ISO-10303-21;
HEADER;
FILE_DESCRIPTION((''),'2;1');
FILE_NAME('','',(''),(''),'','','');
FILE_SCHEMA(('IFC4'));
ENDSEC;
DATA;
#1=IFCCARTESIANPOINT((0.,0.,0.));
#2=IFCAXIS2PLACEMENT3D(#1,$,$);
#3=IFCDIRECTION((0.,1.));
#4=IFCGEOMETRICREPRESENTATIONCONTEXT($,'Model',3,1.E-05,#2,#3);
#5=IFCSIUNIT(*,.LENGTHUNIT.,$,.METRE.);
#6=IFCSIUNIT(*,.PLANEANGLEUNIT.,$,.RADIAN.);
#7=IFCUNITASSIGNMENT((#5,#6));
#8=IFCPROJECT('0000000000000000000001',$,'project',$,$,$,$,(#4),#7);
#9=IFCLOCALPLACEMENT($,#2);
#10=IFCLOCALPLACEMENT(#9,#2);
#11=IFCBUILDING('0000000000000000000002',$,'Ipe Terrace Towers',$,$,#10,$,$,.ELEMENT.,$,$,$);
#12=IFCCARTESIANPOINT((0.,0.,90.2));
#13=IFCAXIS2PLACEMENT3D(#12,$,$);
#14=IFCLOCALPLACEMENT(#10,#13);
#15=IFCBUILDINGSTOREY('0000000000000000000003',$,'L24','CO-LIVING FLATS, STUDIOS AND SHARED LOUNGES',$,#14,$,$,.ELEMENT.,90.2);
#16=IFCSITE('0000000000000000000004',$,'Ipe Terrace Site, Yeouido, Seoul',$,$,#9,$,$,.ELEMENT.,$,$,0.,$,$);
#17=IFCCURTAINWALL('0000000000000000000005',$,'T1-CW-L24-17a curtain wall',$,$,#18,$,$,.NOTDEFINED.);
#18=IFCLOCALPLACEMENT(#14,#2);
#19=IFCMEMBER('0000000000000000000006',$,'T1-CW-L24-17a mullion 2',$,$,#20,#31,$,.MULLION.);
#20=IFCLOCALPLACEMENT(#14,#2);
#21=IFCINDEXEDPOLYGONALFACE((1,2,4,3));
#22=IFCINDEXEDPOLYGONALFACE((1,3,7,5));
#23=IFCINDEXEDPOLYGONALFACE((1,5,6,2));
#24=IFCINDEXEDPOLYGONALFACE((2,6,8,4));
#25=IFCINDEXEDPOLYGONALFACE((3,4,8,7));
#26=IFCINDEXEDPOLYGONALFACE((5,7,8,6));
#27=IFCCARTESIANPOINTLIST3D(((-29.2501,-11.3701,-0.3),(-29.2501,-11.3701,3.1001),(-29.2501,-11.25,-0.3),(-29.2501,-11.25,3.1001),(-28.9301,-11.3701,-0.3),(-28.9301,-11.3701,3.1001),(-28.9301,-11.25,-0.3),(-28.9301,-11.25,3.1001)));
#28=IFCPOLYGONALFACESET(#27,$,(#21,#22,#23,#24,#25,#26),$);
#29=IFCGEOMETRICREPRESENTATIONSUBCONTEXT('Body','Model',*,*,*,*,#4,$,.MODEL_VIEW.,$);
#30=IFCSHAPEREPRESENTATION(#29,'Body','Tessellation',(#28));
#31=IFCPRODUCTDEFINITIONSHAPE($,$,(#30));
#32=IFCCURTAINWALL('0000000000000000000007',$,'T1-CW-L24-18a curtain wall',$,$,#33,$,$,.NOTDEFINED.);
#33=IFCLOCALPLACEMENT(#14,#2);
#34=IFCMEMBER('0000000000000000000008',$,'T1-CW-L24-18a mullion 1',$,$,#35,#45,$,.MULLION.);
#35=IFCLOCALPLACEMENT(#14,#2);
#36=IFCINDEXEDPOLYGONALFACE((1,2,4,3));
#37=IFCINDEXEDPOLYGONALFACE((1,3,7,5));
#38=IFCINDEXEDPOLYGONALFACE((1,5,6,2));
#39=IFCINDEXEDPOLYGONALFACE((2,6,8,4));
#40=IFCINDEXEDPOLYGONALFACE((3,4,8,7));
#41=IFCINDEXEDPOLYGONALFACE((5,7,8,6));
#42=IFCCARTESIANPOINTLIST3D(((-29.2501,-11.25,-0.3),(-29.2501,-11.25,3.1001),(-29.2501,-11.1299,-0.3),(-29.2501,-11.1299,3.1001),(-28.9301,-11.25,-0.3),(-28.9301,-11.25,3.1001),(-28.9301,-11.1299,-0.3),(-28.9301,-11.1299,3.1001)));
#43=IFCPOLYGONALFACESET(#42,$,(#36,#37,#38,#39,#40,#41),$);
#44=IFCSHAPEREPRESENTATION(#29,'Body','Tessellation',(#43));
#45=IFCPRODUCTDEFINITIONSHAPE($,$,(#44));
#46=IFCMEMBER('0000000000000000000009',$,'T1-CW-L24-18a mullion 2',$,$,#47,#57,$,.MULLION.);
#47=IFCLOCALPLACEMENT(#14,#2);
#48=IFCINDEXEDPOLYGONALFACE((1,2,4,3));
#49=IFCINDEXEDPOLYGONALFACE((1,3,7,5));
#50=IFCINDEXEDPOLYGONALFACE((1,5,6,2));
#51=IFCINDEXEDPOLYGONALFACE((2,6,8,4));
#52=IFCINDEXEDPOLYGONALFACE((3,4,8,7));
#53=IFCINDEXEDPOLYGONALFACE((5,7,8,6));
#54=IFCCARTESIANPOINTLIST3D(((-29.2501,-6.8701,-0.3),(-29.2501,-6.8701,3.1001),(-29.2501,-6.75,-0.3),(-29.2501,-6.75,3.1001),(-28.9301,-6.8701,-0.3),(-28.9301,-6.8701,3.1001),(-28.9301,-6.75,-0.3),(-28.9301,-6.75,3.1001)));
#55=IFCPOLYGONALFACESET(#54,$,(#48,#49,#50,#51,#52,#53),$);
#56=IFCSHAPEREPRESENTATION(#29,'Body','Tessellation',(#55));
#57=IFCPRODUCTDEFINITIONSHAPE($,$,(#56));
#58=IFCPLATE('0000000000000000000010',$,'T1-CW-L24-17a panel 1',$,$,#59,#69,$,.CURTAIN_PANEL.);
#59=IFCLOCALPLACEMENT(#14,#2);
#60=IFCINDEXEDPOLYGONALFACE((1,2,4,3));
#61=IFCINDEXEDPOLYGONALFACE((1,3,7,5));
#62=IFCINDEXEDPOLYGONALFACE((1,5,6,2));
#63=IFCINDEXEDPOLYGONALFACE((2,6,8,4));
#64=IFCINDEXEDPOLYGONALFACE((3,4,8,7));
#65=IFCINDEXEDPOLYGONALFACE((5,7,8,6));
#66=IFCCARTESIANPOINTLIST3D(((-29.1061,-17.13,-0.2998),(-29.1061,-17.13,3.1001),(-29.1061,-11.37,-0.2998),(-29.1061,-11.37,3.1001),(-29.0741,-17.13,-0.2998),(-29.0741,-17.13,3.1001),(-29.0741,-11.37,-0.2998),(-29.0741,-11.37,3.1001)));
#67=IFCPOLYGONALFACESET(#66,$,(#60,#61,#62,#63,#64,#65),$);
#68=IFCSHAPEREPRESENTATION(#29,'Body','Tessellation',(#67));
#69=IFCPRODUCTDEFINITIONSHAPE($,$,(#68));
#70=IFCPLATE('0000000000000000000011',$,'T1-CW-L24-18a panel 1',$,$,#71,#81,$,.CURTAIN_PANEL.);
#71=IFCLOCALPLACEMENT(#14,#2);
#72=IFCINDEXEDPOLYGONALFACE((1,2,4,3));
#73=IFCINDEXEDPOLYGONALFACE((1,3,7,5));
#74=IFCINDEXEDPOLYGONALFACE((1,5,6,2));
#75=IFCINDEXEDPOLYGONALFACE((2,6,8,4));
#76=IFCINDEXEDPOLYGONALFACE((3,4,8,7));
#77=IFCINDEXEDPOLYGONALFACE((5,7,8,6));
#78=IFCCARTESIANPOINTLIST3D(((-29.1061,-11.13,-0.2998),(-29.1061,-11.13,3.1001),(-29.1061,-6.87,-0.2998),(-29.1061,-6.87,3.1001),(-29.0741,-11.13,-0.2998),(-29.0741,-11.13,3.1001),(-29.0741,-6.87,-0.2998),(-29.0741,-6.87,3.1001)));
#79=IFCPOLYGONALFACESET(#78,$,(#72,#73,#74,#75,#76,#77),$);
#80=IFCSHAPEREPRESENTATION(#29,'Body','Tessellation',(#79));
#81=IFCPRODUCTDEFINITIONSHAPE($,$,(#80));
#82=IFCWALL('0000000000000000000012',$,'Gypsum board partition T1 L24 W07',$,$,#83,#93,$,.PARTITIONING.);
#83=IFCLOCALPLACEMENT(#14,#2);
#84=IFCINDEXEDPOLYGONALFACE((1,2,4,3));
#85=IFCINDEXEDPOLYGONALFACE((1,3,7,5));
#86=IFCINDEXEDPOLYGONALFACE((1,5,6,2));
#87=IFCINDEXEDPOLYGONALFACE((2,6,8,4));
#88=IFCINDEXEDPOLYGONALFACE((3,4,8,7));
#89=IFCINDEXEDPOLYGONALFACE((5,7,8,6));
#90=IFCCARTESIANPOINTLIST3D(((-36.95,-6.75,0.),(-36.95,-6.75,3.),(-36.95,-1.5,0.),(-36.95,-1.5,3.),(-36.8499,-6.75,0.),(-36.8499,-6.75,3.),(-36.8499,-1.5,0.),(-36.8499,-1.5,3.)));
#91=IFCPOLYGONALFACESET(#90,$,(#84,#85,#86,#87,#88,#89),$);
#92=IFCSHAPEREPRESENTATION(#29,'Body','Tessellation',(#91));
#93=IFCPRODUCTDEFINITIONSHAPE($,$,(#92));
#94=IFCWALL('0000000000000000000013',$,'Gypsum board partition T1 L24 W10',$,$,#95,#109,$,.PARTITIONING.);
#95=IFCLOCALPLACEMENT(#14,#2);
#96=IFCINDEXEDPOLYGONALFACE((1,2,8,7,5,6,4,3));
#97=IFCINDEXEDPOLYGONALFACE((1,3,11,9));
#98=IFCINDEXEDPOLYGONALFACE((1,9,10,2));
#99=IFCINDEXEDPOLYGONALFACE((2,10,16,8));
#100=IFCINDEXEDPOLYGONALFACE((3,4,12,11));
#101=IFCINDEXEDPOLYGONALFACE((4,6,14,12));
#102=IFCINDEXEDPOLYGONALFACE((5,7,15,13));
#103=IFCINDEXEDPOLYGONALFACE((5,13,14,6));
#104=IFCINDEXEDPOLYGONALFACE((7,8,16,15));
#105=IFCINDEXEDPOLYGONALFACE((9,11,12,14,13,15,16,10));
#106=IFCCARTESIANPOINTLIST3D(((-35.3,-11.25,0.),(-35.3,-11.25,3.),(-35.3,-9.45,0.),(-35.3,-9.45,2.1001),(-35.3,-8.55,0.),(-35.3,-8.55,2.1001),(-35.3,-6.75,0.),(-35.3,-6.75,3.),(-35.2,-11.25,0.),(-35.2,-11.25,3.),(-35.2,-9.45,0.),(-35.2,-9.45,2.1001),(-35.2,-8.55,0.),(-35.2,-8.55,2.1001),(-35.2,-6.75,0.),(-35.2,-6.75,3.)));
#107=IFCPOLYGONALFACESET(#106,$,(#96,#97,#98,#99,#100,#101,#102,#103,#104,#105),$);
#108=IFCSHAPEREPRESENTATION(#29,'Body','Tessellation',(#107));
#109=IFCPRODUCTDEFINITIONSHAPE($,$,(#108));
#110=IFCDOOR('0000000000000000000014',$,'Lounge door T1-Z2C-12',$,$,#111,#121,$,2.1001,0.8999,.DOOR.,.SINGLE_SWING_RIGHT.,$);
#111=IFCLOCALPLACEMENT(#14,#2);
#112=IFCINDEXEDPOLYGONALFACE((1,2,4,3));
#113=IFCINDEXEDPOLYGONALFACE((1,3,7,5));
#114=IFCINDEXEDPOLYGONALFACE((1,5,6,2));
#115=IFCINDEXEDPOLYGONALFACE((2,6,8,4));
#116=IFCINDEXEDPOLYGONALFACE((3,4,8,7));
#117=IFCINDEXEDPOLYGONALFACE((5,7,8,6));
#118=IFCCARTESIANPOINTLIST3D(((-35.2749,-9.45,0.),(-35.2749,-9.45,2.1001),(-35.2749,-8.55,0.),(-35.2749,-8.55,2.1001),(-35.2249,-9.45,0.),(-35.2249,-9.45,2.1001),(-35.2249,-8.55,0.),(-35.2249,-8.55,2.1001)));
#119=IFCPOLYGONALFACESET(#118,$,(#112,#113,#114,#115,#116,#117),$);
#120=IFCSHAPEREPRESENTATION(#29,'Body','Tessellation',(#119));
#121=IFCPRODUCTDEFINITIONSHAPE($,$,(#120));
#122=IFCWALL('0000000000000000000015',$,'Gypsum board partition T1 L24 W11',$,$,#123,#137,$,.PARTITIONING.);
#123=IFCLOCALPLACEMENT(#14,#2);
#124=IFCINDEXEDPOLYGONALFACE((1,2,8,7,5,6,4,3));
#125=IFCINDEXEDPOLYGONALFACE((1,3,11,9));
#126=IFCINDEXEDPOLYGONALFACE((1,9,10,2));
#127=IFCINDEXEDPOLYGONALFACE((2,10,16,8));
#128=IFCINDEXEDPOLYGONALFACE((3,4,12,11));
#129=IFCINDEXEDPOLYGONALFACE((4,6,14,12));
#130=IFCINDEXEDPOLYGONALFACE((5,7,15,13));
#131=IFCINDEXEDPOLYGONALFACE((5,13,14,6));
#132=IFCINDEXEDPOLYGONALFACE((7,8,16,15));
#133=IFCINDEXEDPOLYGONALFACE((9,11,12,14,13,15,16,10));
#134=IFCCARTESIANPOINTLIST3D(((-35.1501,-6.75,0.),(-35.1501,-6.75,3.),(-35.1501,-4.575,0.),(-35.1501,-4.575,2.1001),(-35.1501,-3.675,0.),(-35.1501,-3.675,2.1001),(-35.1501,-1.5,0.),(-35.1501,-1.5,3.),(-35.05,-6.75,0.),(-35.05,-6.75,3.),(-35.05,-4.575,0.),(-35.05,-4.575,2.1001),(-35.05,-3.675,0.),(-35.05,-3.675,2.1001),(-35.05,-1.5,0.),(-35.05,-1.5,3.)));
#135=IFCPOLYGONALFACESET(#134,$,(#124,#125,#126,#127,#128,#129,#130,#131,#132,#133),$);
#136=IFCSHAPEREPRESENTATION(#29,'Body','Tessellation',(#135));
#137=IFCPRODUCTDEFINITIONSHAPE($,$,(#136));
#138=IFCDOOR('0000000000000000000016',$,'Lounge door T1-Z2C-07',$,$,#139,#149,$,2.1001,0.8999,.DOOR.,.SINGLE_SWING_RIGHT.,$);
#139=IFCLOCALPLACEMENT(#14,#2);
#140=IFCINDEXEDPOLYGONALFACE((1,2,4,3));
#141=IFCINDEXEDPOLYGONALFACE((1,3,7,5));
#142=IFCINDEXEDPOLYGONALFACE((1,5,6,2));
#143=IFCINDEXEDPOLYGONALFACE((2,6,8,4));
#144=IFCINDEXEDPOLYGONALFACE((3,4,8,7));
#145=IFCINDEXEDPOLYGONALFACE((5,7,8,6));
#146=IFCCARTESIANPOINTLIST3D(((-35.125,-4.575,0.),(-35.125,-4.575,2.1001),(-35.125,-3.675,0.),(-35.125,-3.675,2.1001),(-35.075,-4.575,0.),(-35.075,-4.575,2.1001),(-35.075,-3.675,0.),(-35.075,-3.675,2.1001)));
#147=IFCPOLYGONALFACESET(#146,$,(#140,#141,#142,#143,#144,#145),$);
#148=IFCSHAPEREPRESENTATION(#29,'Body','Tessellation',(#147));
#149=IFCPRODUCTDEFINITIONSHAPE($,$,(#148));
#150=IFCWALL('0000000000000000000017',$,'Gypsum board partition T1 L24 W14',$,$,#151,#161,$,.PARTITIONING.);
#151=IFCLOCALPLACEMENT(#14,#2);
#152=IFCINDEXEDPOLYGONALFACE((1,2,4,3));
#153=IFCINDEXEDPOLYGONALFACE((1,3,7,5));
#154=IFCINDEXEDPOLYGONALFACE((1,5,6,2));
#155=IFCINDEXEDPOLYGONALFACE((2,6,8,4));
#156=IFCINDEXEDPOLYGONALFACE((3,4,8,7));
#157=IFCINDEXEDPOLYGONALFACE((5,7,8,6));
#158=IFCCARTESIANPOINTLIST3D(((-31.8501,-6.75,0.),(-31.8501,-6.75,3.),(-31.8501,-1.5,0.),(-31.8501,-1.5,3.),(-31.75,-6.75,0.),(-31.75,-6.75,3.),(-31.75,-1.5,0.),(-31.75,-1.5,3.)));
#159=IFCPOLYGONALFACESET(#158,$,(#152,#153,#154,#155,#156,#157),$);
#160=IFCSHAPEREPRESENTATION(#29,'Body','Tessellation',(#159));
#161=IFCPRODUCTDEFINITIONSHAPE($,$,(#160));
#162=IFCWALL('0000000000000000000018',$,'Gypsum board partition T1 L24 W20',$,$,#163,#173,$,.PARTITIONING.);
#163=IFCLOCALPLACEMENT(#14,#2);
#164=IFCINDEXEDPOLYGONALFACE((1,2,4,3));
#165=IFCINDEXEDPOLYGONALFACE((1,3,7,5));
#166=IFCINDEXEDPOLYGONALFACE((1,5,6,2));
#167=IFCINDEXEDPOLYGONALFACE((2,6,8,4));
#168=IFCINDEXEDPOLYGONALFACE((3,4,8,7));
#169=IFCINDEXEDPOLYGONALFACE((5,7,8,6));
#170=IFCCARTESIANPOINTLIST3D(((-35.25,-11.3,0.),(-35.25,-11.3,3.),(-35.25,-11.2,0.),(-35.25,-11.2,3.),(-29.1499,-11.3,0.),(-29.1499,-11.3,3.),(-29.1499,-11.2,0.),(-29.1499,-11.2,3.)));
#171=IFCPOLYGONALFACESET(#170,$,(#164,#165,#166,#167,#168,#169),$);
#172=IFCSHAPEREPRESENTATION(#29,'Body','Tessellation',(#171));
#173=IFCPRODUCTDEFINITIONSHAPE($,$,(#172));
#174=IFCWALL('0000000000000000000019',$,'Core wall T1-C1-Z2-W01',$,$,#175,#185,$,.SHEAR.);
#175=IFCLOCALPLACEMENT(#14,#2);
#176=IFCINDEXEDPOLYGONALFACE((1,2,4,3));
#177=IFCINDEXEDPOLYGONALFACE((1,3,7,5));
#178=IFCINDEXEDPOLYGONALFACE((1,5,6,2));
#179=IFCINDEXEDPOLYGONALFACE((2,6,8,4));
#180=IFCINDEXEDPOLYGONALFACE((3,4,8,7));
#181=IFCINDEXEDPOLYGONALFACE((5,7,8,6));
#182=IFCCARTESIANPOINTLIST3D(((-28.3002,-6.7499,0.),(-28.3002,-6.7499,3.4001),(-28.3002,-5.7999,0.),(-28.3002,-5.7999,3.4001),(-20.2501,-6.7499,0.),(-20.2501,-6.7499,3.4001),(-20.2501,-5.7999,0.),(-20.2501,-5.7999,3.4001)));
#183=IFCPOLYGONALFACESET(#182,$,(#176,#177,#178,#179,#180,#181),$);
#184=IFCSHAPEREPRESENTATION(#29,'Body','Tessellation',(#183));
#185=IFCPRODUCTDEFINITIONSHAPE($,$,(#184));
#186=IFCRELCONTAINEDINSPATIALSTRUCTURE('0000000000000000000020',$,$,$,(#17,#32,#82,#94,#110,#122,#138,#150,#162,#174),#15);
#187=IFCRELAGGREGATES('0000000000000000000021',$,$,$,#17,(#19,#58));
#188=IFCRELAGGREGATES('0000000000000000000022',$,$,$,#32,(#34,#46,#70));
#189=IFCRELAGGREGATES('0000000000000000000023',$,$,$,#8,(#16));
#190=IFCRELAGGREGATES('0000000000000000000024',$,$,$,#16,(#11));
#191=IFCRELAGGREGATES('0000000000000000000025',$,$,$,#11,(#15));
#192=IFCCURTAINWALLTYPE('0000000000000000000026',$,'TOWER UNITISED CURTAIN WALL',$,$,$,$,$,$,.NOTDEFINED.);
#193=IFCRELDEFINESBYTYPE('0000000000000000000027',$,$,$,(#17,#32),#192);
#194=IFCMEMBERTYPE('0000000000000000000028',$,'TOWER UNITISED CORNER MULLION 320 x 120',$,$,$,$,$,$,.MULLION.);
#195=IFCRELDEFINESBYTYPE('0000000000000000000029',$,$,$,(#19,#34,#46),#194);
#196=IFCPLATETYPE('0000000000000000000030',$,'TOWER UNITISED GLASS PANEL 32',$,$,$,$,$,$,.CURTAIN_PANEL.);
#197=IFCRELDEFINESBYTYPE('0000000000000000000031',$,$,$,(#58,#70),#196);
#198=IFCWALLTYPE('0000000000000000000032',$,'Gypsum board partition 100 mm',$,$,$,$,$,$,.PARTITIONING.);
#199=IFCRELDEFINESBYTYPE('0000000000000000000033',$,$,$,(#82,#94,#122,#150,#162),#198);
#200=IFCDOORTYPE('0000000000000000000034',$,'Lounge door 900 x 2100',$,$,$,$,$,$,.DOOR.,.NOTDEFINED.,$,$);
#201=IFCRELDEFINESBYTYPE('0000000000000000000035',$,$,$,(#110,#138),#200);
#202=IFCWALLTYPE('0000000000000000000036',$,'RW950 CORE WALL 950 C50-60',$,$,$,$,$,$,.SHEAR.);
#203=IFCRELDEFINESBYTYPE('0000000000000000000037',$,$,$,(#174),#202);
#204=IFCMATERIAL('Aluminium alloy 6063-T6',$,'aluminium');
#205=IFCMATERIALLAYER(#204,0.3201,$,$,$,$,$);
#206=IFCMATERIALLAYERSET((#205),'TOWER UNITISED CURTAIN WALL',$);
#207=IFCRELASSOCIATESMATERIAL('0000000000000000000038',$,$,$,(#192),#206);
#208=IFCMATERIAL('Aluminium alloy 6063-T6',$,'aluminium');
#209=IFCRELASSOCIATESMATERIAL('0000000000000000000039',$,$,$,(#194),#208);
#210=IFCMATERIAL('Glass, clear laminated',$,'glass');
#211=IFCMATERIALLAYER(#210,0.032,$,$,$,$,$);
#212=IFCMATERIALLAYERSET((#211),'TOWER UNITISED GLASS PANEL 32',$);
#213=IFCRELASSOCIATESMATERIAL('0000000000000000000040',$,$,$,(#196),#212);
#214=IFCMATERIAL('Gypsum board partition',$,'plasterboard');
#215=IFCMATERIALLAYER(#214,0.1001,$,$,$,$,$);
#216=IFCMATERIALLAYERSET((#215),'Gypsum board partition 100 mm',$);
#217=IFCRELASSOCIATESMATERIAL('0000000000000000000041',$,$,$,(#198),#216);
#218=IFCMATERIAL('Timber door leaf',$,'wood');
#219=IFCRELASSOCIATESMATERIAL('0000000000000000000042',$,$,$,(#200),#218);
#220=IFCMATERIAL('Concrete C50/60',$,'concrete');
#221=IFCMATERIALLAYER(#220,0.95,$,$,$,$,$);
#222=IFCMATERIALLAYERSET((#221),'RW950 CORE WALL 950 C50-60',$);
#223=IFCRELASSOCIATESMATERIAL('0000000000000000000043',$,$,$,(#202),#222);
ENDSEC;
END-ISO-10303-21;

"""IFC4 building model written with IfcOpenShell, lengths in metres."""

from ifc_helpers import new_model, si_unit, direction, frame, frame_2d, origin, origin_2d, place, context, subcontext, project, spatial, rectangle, extrude, material, layer, layer_set, material_profile, profile_set, type_object, element, fill, aggregate, save


model = new_model("IFC4")

# Units and contexts
model_context = context("Model", 3, precision=1e-05, world=origin(), true_north=direction((0.0, 1.0)))
body_context = subcontext(model_context, "Body", "Model", "MODEL_VIEW")
ifc_project = project(units=[si_unit("LENGTHUNIT", "METRE"), si_unit("PLANEANGLEUNIT", "RADIAN")], contexts=[model_context])

# Site, building, storey
site_placement = place(None, origin())
site = spatial("IfcSite", under=ifc_project, at=site_placement, Name="Ipe Terrace Site, Yeouido, Seoul", CompositionType="ELEMENT", RefElevation=0.0)
building_placement = place(site_placement, origin())
building = spatial("IfcBuilding", under=site, at=building_placement, Name="Ipe Terrace Towers", CompositionType="ELEMENT")
storey_placement = place(building_placement, frame((0.0, 0.0, 90.2)))
storey = spatial("IfcBuildingStorey", under=building, at=storey_placement, Name="L24", Description="CO-LIVING FLATS, STUDIOS AND SHARED LOUNGES", CompositionType="ELEMENT", Elevation=90.2)

# Curtain wall, member
ifc_material_1 = material(Name="Aluminium alloy 6063-T6", Category="aluminium")
ifc_layer_1 = layer(ifc_material_1, 0.3201)
ifc_layer_set_1 = layer_set([ifc_layer_1], Name="TOWER UNITISED CURTAIN WALL")
curtain_wall_type = type_object("IfcCurtainWallType", Name="TOWER UNITISED CURTAIN WALL", PredefinedType="NOTDEFINED", material=ifc_layer_set_1)
curtain_wall_1_placement = place(storey_placement, origin())
curtain_wall_1 = element("IfcCurtainWall", 1, at=curtain_wall_1_placement, inside=storey, type_object=curtain_wall_type, Name="T1-CW-L24-17a curtain wall", PredefinedType="NOTDEFINED")
ifc_material_2 = material(Name="Aluminium alloy 6063-T6", Category="aluminium")
ifc_material_profile = material_profile(ifc_material_2, rectangle(XDim=0.3201, YDim=0.1201, at=origin_2d()), Name="TOWER UNITISED CORNER MULLION 320 x 120")
ifc_profile_set = profile_set([ifc_material_profile], Name="Aluminium alloy 6063-T6")
member_type = type_object("IfcMemberType", Name="TOWER UNITISED CORNER MULLION 320 x 120", PredefinedType="MULLION", material=ifc_profile_set)
member_1_placement = place(storey_placement, frame((-29.0901, -11.3101, -0.3), z_axis=(0.0, 0.0, 1.0), x_axis=(1.0, 0.0, 0.0)))
member_1 = element("IfcMember", 2, at=member_1_placement, type_object=member_type, Name="T1-CW-L24-17a mullion 2", PredefinedType="MULLION", context=body_context, shape_type="SweptSolid", body=[
    extrude(rectangle(XDim=0.3201, YDim=0.1201, at=origin_2d()), origin(), (0.0, 0.0, 1.0), 3.4001),
])

# Curtain wall, members
curtain_wall_2_placement = place(storey_placement, origin())
curtain_wall_2 = element("IfcCurtainWall", 3, at=curtain_wall_2_placement, inside=storey, type_object=curtain_wall_type, Name="T1-CW-L24-18a curtain wall", PredefinedType="NOTDEFINED")
member_2_placement = place(storey_placement, frame((-29.0901, -11.1899, -0.3), z_axis=(0.0, 0.0, 1.0), x_axis=(1.0, 0.0, 0.0)))
member_2 = element("IfcMember", 4, at=member_2_placement, type_object=member_type, Name="T1-CW-L24-18a mullion 1", PredefinedType="MULLION", context=body_context, shape_type="SweptSolid", body=[
    extrude(rectangle(XDim=0.3201, YDim=0.1201, at=origin_2d()), origin(), (0.0, 0.0, 1.0), 3.4001),
])
member_3_placement = place(storey_placement, frame((-29.0901, -6.8101, -0.3), z_axis=(0.0, 0.0, 1.0), x_axis=(1.0, 0.0, 0.0)))
member_3 = element("IfcMember", 5, at=member_3_placement, type_object=member_type, Name="T1-CW-L24-18a mullion 2", PredefinedType="MULLION", context=body_context, shape_type="SweptSolid", body=[
    extrude(rectangle(XDim=0.3201, YDim=0.1201, at=origin_2d()), origin(), (0.0, 0.0, 1.0), 3.4001),
])

# Plates
ifc_material_3 = material(Name="Glass, clear laminated", Category="glass")
ifc_layer_2 = layer(ifc_material_3, 0.032)
ifc_layer_set_2 = layer_set([ifc_layer_2], Name="TOWER UNITISED GLASS PANEL 32")
plate_type = type_object("IfcPlateType", Name="TOWER UNITISED GLASS PANEL 32", PredefinedType="CURTAIN_PANEL", material=ifc_layer_set_2)
plate_1_placement = place(storey_placement, frame((-29.0901, -14.25, -0.2998), z_axis=(0.0, 0.0, 1.0), x_axis=(0.0, 1.0, 0.0)))
plate_1 = element("IfcPlate", 6, at=plate_1_placement, type_object=plate_type, Name="T1-CW-L24-17a panel 1", PredefinedType="CURTAIN_PANEL", context=body_context, shape_type="SweptSolid", body=[
    extrude(rectangle(XDim=5.76, YDim=0.032, at=origin_2d()), origin(), (0.0, 0.0, 1.0), 3.3999),
])
aggregate(curtain_wall_1, [member_1, plate_1])
plate_2_placement = place(storey_placement, frame((-29.0901, -9.0, -0.2998), z_axis=(0.0, 0.0, 1.0), x_axis=(0.0, 1.0, 0.0)))
plate_2 = element("IfcPlate", 7, at=plate_2_placement, type_object=plate_type, Name="T1-CW-L24-18a panel 1", PredefinedType="CURTAIN_PANEL", context=body_context, shape_type="SweptSolid", body=[
    extrude(rectangle(XDim=4.26, YDim=0.032, at=origin_2d()), origin(), (0.0, 0.0, 1.0), 3.3999),
])
aggregate(curtain_wall_2, [member_2, member_3, plate_2])

# Wall
ifc_material_4 = material(Name="Gypsum board partition", Category="plasterboard")
ifc_layer_3 = layer(ifc_material_4, 0.1001)
ifc_layer_set_3 = layer_set([ifc_layer_3], Name="Gypsum board partition 100 mm")
wall_type_1 = type_object("IfcWallType", Name="Gypsum board partition 100 mm", PredefinedType="PARTITIONING", material=ifc_layer_set_3)
wall_1_placement = place(storey_placement, frame((-36.8999, -6.75, 0.0), z_axis=(0.0, 0.0, 1.0), x_axis=(0.0, 1.0, 0.0)))
element("IfcWall", 8, at=wall_1_placement, inside=storey, type_object=wall_type_1, Name="Gypsum board partition T1 L24 W07", PredefinedType="PARTITIONING", context=body_context, shape_type="SweptSolid", body=[
    extrude(rectangle(XDim=5.25, YDim=0.1001, at=frame_2d((2.625, 0.0))), origin(), (0.0, 0.0, 1.0), 3.0),
])

# Walls, openings, doors
wall_2_placement = place(storey_placement, frame((-35.25, -11.25, 0.0), z_axis=(0.0, 0.0, 1.0), x_axis=(0.0, 1.0, 0.0)))
wall_2 = element("IfcWall", 9, at=wall_2_placement, inside=storey, type_object=wall_type_1, Name="Gypsum board partition T1 L24 W10", PredefinedType="PARTITIONING", context=body_context, shape_type="SweptSolid", body=[
    extrude(rectangle(XDim=4.5, YDim=0.1001, at=frame_2d((2.25, 0.0))), origin(), (0.0, 0.0, 1.0), 3.0),
])
opening_1_placement = place(wall_2_placement, frame((1.8, 0.0, 0.0)))
opening_1 = element("IfcOpeningElement", 10, at=opening_1_placement, cuts=wall_2, PredefinedType="OPENING", context=body_context, shape_type="SweptSolid", body=[
    extrude(rectangle(XDim=0.8999, YDim=2.1001, at=frame_2d((0.45, 1.05))), frame((0.0, 0.0601, 0.0), z_axis=(0.0, -1.0, 0.0), x_axis=(1.0, 0.0, 0.0)), (0.0, 0.0, 1.0), 0.1201),
])
ifc_material_5 = material(Name="Timber door leaf", Category="wood")
door_type = type_object("IfcDoorType", Name="Lounge door 900 x 2100", OperationType="NOTDEFINED", PredefinedType="DOOR", material=ifc_material_5)
door_1_placement = place(opening_1_placement, origin())
door_1 = element("IfcDoor", 11, at=door_1_placement, inside=storey, type_object=door_type, Name="Lounge door T1-Z2C-12", OperationType="SINGLE_SWING_RIGHT", OverallHeight=2.1001, OverallWidth=0.8999, PredefinedType="DOOR", context=body_context, shape_type="SweptSolid", body=[
    extrude(rectangle(XDim=0.8999, YDim=2.1001, at=frame_2d((0.45, 1.05))), frame((0.0, 0.0249, 0.0), z_axis=(0.0, -1.0, 0.0), x_axis=(1.0, 0.0, 0.0)), (0.0, 0.0, 1.0), 0.05),
])
fill(opening_1, door_1)
wall_3_placement = place(storey_placement, frame((-35.1001, -6.75, 0.0), z_axis=(0.0, 0.0, 1.0), x_axis=(0.0, 1.0, 0.0)))
wall_3 = element("IfcWall", 12, at=wall_3_placement, inside=storey, type_object=wall_type_1, Name="Gypsum board partition T1 L24 W11", PredefinedType="PARTITIONING", context=body_context, shape_type="SweptSolid", body=[
    extrude(rectangle(XDim=5.25, YDim=0.1001, at=frame_2d((2.625, 0.0))), origin(), (0.0, 0.0, 1.0), 3.0),
])
opening_2_placement = place(wall_3_placement, frame((2.175, 0.0, 0.0)))
opening_2 = element("IfcOpeningElement", 13, at=opening_2_placement, cuts=wall_3, PredefinedType="OPENING", context=body_context, shape_type="SweptSolid", body=[
    extrude(rectangle(XDim=0.8999, YDim=2.1001, at=frame_2d((0.45, 1.05))), frame((0.0, 0.0601, 0.0), z_axis=(0.0, -1.0, 0.0), x_axis=(1.0, 0.0, 0.0)), (0.0, 0.0, 1.0), 0.1201),
])
door_2_placement = place(opening_2_placement, origin())
door_2 = element("IfcDoor", 14, at=door_2_placement, inside=storey, type_object=door_type, Name="Lounge door T1-Z2C-07", OperationType="SINGLE_SWING_RIGHT", OverallHeight=2.1001, OverallWidth=0.8999, PredefinedType="DOOR", context=body_context, shape_type="SweptSolid", body=[
    extrude(rectangle(XDim=0.8999, YDim=2.1001, at=frame_2d((0.45, 1.05))), frame((0.0, 0.0249, 0.0), z_axis=(0.0, -1.0, 0.0), x_axis=(1.0, 0.0, 0.0)), (0.0, 0.0, 1.0), 0.05),
])
fill(opening_2, door_2)

# Walls
wall_4_placement = place(storey_placement, frame((-31.8, -6.75, 0.0), z_axis=(0.0, 0.0, 1.0), x_axis=(0.0, 1.0, 0.0)))
element("IfcWall", 15, at=wall_4_placement, inside=storey, type_object=wall_type_1, Name="Gypsum board partition T1 L24 W14", PredefinedType="PARTITIONING", context=body_context, shape_type="SweptSolid", body=[
    extrude(rectangle(XDim=5.25, YDim=0.1001, at=frame_2d((2.625, 0.0))), origin(), (0.0, 0.0, 1.0), 3.0),
])
wall_5_placement = place(storey_placement, frame((-35.25, -11.25, 0.0), z_axis=(0.0, 0.0, 1.0), x_axis=(1.0, 0.0, 0.0)))
element("IfcWall", 16, at=wall_5_placement, inside=storey, type_object=wall_type_1, Name="Gypsum board partition T1 L24 W20", PredefinedType="PARTITIONING", context=body_context, shape_type="SweptSolid", body=[
    extrude(rectangle(XDim=6.1001, YDim=0.1001, at=frame_2d((3.05, 0.0))), origin(), (0.0, 0.0, 1.0), 3.0),
])
ifc_material_6 = material(Name="Concrete C50/60", Category="concrete")
ifc_layer_4 = layer(ifc_material_6, 0.95)
ifc_layer_set_4 = layer_set([ifc_layer_4], Name="RW950 CORE WALL 950 C50-60")
wall_type_2 = type_object("IfcWallType", Name="RW950 CORE WALL 950 C50-60", PredefinedType="SHEAR", material=ifc_layer_set_4)
wall_6_placement = place(storey_placement, frame((-28.3, -6.2749, 0.0), z_axis=(0.0, 0.0, 1.0), x_axis=(1.0, 0.0, 0.0)))
element("IfcWall", 17, at=wall_6_placement, inside=storey, type_object=wall_type_2, Name="Core wall T1-C1-Z2-W01", PredefinedType="SHEAR", context=body_context, shape_type="SweptSolid", body=[
    extrude(rectangle(XDim=8.05, YDim=0.95, at=frame_2d((4.0249, 0.0))), origin(), (0.0, 0.0, 1.0), 3.4001),
])

save(model, "model.ifc")
